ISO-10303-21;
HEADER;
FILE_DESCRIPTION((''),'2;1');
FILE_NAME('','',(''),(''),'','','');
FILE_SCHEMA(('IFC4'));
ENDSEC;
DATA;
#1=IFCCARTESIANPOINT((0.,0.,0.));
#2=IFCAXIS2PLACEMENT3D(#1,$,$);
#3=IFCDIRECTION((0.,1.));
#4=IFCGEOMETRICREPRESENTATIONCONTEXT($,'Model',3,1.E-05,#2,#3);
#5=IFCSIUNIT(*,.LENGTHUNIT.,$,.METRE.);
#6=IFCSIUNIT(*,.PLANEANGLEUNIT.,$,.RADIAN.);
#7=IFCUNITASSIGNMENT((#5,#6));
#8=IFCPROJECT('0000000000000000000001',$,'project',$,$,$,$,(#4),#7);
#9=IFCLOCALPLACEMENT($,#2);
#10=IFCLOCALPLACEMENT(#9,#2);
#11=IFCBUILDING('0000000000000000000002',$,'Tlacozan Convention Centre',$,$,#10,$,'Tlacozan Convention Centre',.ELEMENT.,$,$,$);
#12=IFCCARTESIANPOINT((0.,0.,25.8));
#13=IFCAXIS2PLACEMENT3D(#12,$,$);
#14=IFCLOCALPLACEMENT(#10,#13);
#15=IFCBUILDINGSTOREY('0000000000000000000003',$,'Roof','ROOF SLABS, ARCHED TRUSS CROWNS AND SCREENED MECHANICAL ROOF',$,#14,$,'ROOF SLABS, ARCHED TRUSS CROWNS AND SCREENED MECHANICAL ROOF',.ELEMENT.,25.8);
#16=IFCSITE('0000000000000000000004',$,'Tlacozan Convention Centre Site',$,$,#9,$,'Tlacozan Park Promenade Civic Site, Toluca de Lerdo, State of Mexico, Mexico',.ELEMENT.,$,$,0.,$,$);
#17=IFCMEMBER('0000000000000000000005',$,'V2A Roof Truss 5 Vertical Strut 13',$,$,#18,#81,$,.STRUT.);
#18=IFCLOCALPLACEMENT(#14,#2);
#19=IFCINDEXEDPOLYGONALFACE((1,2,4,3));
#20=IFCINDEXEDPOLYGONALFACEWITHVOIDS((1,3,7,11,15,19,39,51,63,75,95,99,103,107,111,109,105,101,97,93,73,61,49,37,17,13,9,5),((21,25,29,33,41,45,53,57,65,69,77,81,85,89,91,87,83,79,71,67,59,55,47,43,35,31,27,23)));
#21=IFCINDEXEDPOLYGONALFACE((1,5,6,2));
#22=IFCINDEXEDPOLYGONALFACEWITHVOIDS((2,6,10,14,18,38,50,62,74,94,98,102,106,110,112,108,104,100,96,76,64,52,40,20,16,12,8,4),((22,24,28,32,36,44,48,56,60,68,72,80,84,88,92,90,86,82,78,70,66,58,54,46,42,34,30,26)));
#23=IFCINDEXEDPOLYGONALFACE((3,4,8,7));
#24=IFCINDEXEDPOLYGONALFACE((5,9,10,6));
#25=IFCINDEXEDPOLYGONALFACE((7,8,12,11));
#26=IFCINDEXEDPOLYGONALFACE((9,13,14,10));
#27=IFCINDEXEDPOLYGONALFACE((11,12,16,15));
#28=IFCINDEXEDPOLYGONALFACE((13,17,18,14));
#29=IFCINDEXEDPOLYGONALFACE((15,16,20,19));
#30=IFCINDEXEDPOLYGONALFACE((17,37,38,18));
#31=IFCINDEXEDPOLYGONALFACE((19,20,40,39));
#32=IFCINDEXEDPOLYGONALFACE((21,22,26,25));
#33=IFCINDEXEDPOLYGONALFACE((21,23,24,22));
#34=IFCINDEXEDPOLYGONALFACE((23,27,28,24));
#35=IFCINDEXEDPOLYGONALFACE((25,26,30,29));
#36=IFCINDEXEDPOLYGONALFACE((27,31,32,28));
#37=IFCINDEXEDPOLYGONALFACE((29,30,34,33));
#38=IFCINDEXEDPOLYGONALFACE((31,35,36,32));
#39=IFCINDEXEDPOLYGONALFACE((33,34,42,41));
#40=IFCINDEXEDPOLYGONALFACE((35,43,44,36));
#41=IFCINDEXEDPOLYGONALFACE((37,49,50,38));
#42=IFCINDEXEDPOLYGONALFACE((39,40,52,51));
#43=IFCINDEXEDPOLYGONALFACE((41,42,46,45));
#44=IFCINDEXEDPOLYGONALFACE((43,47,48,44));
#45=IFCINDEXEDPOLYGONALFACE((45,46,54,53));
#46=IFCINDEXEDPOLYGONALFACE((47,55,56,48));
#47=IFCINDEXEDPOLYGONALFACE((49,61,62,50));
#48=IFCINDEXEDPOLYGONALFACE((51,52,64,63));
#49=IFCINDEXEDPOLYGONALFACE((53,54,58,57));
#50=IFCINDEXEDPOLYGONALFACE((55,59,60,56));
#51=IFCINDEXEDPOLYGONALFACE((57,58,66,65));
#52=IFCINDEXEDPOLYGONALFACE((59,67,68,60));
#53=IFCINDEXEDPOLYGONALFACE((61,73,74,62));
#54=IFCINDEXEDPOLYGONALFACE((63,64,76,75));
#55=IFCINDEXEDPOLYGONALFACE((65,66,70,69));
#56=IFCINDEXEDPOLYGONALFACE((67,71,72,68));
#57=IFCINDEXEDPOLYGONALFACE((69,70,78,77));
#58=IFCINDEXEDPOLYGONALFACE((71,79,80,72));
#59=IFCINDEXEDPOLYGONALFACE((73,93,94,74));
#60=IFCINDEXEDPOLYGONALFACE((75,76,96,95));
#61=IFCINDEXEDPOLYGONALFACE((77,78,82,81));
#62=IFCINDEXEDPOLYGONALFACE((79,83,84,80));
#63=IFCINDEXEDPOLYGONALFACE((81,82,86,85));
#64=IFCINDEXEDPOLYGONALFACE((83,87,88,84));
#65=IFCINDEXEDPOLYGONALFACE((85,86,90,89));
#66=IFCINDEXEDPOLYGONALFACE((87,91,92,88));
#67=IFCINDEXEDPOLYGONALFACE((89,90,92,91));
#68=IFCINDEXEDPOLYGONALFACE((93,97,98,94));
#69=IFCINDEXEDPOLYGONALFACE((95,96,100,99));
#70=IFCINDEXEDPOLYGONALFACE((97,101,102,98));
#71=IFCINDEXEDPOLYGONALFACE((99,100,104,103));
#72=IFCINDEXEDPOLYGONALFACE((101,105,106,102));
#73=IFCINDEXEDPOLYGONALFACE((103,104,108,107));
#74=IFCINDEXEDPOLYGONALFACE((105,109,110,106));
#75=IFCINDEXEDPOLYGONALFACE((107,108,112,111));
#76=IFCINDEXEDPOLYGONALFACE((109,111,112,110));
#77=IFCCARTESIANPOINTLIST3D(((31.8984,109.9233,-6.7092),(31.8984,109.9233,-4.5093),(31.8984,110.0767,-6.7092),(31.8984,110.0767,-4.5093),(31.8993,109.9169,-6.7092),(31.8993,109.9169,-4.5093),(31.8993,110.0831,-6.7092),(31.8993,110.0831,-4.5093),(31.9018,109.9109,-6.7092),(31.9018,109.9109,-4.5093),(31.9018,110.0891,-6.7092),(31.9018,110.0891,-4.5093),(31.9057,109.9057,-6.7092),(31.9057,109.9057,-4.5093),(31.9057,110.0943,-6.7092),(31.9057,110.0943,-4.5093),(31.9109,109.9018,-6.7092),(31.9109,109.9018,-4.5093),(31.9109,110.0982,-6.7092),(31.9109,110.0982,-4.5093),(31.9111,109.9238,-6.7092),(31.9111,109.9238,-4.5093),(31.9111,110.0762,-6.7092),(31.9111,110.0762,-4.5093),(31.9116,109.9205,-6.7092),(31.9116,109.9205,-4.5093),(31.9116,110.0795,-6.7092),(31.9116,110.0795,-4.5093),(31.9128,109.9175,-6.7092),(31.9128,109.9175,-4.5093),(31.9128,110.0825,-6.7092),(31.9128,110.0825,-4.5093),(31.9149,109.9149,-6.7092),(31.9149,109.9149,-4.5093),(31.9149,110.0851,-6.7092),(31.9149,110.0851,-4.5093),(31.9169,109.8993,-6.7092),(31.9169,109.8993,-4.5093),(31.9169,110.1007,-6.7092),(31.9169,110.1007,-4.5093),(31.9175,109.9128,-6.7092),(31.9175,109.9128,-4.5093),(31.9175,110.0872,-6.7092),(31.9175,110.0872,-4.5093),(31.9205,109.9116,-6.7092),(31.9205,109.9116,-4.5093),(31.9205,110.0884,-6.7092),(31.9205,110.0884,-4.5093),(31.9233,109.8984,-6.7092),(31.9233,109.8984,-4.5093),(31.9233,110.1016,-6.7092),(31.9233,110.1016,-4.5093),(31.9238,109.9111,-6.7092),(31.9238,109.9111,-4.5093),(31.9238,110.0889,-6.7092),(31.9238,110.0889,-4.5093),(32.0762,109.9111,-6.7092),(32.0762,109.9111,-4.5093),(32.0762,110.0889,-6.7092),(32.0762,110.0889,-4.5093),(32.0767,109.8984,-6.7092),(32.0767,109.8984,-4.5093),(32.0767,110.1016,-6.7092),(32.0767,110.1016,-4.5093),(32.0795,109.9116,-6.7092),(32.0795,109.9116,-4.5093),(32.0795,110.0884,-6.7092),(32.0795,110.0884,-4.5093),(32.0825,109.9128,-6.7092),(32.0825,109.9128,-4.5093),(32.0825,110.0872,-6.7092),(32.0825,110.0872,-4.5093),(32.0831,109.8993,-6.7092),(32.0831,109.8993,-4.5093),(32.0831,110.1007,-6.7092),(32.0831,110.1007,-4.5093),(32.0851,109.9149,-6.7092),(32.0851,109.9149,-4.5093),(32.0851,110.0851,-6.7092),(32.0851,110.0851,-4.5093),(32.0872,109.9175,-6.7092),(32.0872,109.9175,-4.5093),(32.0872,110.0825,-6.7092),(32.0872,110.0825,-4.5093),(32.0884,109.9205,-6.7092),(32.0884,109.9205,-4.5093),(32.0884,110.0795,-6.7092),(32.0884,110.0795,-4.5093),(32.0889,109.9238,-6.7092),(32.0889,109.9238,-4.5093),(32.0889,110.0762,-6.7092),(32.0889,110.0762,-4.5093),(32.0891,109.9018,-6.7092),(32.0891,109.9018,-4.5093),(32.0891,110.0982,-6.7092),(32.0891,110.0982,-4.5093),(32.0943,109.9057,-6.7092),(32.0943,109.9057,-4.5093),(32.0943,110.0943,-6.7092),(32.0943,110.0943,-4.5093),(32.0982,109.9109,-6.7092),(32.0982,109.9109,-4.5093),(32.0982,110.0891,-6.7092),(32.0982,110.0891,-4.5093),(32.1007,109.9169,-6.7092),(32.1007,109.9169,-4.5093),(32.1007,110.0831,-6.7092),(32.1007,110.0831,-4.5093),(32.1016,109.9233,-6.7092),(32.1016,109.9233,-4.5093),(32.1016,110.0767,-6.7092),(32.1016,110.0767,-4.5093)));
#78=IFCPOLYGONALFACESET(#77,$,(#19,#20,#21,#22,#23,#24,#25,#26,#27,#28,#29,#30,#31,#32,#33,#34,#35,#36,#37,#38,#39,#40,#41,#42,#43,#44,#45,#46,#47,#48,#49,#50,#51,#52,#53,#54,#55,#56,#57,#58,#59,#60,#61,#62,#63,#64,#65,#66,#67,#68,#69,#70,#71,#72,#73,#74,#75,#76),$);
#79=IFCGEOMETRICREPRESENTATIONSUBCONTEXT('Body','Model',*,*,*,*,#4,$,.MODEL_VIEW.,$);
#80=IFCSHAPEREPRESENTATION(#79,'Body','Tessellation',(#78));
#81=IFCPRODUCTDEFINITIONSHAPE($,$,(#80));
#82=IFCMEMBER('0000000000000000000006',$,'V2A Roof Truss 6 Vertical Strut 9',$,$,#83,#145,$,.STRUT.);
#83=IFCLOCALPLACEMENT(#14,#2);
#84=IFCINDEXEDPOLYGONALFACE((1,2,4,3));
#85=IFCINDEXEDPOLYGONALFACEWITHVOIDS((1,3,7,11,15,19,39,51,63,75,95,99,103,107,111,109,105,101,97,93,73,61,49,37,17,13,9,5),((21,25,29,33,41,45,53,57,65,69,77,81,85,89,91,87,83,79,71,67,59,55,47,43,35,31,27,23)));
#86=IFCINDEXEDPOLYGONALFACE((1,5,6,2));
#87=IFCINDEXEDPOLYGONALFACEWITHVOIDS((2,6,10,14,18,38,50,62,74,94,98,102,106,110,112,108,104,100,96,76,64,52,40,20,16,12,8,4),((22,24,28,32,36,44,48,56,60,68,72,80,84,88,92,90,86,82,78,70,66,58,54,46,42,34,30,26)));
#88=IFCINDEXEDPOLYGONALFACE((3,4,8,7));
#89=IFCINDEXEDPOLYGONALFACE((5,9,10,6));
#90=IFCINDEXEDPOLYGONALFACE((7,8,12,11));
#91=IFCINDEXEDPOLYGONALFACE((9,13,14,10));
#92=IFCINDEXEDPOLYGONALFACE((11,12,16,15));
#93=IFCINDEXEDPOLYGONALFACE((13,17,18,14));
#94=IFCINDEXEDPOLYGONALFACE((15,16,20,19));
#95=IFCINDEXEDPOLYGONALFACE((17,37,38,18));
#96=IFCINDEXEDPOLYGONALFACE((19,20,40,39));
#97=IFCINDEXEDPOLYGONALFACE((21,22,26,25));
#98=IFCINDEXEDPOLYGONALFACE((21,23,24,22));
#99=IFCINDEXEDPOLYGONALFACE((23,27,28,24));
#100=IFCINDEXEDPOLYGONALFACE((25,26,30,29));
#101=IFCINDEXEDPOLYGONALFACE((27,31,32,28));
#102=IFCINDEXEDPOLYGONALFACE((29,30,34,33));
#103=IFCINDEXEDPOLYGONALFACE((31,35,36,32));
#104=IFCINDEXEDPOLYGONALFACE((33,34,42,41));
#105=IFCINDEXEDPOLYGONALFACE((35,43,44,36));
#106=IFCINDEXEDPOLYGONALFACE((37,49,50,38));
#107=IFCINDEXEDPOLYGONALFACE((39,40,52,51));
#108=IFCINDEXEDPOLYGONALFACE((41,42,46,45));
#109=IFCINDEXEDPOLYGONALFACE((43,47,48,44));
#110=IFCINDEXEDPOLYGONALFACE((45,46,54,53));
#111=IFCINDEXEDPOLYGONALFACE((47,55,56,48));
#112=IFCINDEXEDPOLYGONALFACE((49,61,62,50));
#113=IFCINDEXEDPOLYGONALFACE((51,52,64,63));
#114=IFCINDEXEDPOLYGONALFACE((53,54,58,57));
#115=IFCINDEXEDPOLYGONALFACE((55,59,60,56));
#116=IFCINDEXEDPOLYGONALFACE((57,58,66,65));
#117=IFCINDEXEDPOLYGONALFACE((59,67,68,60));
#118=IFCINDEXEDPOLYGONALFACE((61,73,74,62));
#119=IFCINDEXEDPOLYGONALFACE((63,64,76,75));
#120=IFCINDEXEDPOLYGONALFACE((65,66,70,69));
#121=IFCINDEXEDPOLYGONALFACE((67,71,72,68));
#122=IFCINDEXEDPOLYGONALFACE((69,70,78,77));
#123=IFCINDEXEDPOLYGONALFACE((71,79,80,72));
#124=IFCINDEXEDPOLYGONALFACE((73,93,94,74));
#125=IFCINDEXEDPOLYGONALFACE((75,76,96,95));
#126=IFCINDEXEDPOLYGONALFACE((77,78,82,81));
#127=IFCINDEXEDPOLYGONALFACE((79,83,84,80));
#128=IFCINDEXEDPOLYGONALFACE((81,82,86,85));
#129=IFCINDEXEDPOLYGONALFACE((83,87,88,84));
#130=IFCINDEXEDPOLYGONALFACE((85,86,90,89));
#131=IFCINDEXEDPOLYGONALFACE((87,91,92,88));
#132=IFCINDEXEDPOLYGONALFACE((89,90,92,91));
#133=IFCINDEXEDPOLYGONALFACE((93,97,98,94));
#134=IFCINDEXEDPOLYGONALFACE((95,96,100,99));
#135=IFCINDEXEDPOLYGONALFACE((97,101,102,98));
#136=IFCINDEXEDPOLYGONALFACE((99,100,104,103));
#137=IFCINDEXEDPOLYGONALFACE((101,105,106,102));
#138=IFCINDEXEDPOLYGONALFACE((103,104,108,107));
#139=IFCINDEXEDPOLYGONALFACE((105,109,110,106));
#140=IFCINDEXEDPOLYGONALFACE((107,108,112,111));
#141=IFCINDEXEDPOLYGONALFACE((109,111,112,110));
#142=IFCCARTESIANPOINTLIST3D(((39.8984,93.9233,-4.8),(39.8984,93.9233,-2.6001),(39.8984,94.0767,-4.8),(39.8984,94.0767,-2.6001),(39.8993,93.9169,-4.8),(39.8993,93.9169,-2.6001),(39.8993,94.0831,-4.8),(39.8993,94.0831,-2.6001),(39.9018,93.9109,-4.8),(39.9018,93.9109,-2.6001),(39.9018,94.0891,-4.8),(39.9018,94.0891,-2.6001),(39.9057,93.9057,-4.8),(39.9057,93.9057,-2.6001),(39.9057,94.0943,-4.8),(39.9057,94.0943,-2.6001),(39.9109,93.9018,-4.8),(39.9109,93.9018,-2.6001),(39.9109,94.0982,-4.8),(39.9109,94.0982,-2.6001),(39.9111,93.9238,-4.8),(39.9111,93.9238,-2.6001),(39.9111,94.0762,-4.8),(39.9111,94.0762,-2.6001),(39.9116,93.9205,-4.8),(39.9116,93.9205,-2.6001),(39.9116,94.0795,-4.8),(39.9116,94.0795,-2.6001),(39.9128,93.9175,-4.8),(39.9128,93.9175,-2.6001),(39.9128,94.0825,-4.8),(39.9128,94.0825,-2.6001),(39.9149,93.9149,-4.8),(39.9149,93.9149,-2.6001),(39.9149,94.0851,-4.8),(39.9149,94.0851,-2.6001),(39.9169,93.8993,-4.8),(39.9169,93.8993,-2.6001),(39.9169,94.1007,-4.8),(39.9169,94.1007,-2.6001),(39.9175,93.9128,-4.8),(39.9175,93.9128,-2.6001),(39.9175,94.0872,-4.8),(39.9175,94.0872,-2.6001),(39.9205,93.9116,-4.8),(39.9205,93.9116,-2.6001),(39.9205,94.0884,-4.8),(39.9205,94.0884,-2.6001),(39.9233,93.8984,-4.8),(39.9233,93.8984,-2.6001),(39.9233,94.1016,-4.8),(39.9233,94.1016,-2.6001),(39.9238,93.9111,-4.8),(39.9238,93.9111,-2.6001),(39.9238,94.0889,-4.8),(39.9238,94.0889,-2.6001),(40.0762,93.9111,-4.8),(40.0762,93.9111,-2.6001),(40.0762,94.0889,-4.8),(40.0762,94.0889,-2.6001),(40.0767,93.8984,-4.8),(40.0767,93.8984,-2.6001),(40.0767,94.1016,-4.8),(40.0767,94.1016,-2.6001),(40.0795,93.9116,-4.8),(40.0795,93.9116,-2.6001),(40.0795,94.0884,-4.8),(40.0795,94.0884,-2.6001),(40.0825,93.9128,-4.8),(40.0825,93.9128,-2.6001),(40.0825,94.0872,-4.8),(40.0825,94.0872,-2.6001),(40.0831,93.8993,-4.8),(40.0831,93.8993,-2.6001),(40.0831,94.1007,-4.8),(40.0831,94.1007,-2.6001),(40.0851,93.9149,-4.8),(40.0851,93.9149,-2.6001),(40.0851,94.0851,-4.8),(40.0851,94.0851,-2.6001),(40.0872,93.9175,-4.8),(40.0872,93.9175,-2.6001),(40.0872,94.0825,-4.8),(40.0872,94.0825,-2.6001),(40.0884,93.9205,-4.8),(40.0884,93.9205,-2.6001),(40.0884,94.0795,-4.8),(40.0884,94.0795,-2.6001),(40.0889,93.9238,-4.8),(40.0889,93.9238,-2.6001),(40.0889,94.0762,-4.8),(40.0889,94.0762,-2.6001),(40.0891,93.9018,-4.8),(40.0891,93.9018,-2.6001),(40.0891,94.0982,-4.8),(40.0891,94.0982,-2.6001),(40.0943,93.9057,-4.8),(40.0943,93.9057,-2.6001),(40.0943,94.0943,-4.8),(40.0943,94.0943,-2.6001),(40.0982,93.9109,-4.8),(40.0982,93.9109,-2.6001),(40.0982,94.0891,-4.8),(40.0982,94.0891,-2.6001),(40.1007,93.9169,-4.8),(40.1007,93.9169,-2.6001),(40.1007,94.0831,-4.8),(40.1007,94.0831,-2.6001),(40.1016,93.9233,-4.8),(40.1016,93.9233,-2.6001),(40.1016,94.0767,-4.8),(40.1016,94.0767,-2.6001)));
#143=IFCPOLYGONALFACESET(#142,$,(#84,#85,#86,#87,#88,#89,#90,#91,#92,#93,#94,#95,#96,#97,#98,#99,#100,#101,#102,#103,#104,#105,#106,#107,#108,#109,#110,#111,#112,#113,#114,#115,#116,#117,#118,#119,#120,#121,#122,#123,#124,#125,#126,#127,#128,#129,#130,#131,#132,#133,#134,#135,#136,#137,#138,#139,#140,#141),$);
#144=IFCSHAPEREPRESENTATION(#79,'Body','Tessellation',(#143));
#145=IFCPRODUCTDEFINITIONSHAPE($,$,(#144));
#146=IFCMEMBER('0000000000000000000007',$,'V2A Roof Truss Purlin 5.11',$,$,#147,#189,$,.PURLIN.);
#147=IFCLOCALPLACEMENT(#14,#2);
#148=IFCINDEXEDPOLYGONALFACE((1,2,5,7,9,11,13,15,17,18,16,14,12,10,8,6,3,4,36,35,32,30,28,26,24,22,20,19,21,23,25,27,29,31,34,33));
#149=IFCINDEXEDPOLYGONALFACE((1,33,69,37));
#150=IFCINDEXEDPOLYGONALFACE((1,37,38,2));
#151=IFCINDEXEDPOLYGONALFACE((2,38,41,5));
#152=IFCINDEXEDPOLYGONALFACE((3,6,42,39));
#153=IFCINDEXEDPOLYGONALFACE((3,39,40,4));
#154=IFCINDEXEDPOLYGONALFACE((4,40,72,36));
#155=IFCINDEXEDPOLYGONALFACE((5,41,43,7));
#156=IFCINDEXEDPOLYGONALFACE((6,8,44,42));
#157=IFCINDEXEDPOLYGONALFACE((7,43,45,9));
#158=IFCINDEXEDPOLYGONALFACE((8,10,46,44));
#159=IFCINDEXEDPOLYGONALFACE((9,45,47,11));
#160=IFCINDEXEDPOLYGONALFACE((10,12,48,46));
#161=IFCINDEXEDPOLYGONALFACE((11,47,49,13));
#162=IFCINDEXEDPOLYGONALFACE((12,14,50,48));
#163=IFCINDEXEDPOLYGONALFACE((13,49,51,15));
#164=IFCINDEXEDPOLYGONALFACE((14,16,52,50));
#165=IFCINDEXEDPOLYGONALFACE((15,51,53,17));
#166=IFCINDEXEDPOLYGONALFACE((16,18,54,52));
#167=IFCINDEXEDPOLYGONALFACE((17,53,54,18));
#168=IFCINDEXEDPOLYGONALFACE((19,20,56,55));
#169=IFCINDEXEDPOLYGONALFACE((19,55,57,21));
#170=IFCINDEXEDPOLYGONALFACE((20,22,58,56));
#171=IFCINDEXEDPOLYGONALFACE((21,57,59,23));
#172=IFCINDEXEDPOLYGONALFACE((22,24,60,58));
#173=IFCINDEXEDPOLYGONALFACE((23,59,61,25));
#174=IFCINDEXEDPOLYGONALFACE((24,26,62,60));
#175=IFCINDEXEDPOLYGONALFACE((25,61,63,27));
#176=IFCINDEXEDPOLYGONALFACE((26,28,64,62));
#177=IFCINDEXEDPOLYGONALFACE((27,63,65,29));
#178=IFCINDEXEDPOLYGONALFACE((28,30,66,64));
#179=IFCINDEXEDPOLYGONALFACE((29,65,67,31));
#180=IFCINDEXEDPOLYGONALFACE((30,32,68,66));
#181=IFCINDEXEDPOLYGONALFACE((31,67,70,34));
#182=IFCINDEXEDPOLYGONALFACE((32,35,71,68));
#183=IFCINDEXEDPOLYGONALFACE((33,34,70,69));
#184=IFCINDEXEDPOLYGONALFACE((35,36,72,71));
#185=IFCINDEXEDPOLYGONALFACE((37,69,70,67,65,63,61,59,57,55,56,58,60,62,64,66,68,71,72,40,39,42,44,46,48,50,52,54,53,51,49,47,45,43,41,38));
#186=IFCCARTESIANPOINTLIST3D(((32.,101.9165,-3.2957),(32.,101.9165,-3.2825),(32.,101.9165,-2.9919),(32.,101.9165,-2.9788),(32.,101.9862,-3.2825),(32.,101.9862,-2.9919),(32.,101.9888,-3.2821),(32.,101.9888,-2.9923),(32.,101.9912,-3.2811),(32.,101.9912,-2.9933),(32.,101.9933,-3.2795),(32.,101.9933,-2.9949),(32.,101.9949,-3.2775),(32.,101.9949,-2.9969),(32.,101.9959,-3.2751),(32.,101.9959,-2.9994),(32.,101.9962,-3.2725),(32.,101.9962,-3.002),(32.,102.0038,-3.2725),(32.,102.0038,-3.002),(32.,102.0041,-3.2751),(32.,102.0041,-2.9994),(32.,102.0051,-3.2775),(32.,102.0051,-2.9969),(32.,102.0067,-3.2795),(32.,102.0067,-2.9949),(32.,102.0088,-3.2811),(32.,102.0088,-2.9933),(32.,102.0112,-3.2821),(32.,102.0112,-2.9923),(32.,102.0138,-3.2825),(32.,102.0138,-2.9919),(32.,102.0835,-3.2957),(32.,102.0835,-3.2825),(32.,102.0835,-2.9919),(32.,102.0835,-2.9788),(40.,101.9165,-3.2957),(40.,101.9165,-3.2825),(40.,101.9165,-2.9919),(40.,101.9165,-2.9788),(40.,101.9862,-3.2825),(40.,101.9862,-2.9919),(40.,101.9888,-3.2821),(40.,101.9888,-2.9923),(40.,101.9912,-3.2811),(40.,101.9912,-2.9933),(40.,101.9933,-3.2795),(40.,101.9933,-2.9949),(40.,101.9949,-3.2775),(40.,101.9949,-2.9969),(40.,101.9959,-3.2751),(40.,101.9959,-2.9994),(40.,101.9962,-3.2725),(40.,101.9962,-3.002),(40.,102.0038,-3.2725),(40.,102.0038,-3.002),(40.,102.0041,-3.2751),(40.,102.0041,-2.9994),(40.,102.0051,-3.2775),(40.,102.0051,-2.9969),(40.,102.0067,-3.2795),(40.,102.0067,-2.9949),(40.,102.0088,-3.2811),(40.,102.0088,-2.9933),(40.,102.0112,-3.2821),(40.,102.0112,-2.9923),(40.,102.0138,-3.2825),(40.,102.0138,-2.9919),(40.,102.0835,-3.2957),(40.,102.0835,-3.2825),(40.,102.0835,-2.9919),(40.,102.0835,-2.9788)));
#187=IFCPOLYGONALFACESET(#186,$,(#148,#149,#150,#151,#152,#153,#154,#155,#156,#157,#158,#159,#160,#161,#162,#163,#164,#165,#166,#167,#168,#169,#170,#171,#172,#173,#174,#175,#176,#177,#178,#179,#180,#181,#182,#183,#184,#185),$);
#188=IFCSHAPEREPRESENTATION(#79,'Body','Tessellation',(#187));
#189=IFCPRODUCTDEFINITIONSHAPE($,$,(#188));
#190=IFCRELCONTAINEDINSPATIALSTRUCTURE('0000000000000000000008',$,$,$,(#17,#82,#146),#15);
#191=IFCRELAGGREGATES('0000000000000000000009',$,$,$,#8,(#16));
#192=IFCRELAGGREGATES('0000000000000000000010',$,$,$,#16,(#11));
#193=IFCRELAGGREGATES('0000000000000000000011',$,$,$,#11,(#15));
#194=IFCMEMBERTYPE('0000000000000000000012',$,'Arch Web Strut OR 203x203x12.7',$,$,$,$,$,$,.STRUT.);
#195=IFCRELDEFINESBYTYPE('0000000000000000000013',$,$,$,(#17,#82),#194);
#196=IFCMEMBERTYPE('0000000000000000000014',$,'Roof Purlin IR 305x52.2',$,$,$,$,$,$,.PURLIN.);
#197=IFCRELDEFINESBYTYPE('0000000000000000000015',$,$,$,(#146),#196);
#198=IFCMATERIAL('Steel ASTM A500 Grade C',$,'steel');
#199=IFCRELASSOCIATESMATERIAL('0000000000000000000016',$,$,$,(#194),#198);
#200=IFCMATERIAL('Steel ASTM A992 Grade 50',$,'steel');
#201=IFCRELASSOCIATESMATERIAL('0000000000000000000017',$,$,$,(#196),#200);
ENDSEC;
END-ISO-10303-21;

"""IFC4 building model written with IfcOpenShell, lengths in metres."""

from ifc_helpers import new_model, si_unit, direction, frame, origin, origin_2d, place, context, subcontext, project, spatial, hollow_rectangle, i_section, extrude, material, material_profile, profile_set, type_object, element, save


model = new_model("IFC4")

# Units and contexts
model_context = context("Model", 3, precision=1e-05, world=origin(), true_north=direction((0.0, 1.0)))
body_context = subcontext(model_context, "Body", "Model", "MODEL_VIEW")
ifc_project = project(units=[si_unit("LENGTHUNIT", "METRE"), si_unit("PLANEANGLEUNIT", "RADIAN")], contexts=[model_context])

# Site, building, storey
site_placement = place(None, origin())
site = spatial("IfcSite", under=ifc_project, at=site_placement, Name="Tlacozan Convention Centre Site", LongName="Tlacozan Park Promenade Civic Site, Toluca de Lerdo, State of Mexico, Mexico", CompositionType="ELEMENT", RefElevation=0.0)
building_placement = place(site_placement, origin())
building = spatial("IfcBuilding", under=site, at=building_placement, Name="Tlacozan Convention Centre", LongName="Tlacozan Convention Centre", CompositionType="ELEMENT")
storey_placement = place(building_placement, frame((0.0, 0.0, 25.8)))
storey = spatial("IfcBuildingStorey", under=building, at=storey_placement, Name="Roof", Description="ROOF SLABS, ARCHED TRUSS CROWNS AND SCREENED MECHANICAL ROOF", LongName="ROOF SLABS, ARCHED TRUSS CROWNS AND SCREENED MECHANICAL ROOF", CompositionType="ELEMENT", Elevation=25.8)

# Members
ifc_material_1 = material(Name="Steel ASTM A500 Grade C", Category="steel")
ifc_material_profile_1 = material_profile(ifc_material_1, hollow_rectangle(XDim=0.2031, YDim=0.2031, WallThickness=0.0127, InnerFilletRadius=0.0127, OuterFilletRadius=0.0249, at=origin_2d()), Name="OR 203x203x12.7")
ifc_profile_set_1 = profile_set([ifc_material_profile_1], Name="Steel ASTM A500 Grade C")
member_type_1 = type_object("IfcMemberType", Name="Arch Web Strut OR 203x203x12.7", PredefinedType="STRUT", material=ifc_profile_set_1)
for number, where, z_axis, x_axis, name in (
    (1, (32.0, 110.0, -6.7092), (0.0, 0.0, 1.0), (1.0, 0.0, 0.0), "V2A Roof Truss 5 Vertical Strut 13"),
    (2, (40.0, 94.0, -4.8), (0.0, 0.0, 1.0), (1.0, 0.0, 0.0), "V2A Roof Truss 6 Vertical Strut 9"),
):
    element("IfcMember", number, at=place(storey_placement, frame(where, z_axis=z_axis, x_axis=x_axis)), inside=storey, type_object=member_type_1, Name=name, PredefinedType="STRUT", context=body_context, shape_type="SweptSolid", body=[
        extrude(hollow_rectangle(XDim=0.2031, YDim=0.2031, WallThickness=0.0127, InnerFilletRadius=0.0127, OuterFilletRadius=0.0249, at=origin_2d()), origin(), (0.0, 0.0, 1.0), 2.2),
    ])
ifc_material_2 = material(Name="Steel ASTM A992 Grade 50", Category="steel")
ifc_material_profile_2 = material_profile(ifc_material_2, i_section(OverallWidth=0.167, OverallDepth=0.3169, WebThickness=0.0076, FlangeThickness=0.0132, FilletRadius=0.01, at=origin_2d()), Name="IR 305x52.2")
ifc_profile_set_2 = profile_set([ifc_material_profile_2], Name="Steel ASTM A992 Grade 50")
member_type_2 = type_object("IfcMemberType", Name="Roof Purlin IR 305x52.2", PredefinedType="PURLIN", material=ifc_profile_set_2)
for number, where, z_axis, x_axis, name in (
    (3, (32.0, 102.0, -3.1372), (1.0, 0.0, 0.0), (0.0, 1.0, 0.0), "V2A Roof Truss Purlin 5.11"),
):
    element("IfcMember", number, at=place(storey_placement, frame(where, z_axis=z_axis, x_axis=x_axis)), inside=storey, type_object=member_type_2, Name=name, PredefinedType="PURLIN", context=body_context, shape_type="SweptSolid", body=[
        extrude(i_section(OverallWidth=0.167, OverallDepth=0.3169, WebThickness=0.0076, FlangeThickness=0.0132, FilletRadius=0.01, at=origin_2d()), origin(), (0.0, 0.0, 1.0), 8.0),
    ])

save(model, "model.ifc")
